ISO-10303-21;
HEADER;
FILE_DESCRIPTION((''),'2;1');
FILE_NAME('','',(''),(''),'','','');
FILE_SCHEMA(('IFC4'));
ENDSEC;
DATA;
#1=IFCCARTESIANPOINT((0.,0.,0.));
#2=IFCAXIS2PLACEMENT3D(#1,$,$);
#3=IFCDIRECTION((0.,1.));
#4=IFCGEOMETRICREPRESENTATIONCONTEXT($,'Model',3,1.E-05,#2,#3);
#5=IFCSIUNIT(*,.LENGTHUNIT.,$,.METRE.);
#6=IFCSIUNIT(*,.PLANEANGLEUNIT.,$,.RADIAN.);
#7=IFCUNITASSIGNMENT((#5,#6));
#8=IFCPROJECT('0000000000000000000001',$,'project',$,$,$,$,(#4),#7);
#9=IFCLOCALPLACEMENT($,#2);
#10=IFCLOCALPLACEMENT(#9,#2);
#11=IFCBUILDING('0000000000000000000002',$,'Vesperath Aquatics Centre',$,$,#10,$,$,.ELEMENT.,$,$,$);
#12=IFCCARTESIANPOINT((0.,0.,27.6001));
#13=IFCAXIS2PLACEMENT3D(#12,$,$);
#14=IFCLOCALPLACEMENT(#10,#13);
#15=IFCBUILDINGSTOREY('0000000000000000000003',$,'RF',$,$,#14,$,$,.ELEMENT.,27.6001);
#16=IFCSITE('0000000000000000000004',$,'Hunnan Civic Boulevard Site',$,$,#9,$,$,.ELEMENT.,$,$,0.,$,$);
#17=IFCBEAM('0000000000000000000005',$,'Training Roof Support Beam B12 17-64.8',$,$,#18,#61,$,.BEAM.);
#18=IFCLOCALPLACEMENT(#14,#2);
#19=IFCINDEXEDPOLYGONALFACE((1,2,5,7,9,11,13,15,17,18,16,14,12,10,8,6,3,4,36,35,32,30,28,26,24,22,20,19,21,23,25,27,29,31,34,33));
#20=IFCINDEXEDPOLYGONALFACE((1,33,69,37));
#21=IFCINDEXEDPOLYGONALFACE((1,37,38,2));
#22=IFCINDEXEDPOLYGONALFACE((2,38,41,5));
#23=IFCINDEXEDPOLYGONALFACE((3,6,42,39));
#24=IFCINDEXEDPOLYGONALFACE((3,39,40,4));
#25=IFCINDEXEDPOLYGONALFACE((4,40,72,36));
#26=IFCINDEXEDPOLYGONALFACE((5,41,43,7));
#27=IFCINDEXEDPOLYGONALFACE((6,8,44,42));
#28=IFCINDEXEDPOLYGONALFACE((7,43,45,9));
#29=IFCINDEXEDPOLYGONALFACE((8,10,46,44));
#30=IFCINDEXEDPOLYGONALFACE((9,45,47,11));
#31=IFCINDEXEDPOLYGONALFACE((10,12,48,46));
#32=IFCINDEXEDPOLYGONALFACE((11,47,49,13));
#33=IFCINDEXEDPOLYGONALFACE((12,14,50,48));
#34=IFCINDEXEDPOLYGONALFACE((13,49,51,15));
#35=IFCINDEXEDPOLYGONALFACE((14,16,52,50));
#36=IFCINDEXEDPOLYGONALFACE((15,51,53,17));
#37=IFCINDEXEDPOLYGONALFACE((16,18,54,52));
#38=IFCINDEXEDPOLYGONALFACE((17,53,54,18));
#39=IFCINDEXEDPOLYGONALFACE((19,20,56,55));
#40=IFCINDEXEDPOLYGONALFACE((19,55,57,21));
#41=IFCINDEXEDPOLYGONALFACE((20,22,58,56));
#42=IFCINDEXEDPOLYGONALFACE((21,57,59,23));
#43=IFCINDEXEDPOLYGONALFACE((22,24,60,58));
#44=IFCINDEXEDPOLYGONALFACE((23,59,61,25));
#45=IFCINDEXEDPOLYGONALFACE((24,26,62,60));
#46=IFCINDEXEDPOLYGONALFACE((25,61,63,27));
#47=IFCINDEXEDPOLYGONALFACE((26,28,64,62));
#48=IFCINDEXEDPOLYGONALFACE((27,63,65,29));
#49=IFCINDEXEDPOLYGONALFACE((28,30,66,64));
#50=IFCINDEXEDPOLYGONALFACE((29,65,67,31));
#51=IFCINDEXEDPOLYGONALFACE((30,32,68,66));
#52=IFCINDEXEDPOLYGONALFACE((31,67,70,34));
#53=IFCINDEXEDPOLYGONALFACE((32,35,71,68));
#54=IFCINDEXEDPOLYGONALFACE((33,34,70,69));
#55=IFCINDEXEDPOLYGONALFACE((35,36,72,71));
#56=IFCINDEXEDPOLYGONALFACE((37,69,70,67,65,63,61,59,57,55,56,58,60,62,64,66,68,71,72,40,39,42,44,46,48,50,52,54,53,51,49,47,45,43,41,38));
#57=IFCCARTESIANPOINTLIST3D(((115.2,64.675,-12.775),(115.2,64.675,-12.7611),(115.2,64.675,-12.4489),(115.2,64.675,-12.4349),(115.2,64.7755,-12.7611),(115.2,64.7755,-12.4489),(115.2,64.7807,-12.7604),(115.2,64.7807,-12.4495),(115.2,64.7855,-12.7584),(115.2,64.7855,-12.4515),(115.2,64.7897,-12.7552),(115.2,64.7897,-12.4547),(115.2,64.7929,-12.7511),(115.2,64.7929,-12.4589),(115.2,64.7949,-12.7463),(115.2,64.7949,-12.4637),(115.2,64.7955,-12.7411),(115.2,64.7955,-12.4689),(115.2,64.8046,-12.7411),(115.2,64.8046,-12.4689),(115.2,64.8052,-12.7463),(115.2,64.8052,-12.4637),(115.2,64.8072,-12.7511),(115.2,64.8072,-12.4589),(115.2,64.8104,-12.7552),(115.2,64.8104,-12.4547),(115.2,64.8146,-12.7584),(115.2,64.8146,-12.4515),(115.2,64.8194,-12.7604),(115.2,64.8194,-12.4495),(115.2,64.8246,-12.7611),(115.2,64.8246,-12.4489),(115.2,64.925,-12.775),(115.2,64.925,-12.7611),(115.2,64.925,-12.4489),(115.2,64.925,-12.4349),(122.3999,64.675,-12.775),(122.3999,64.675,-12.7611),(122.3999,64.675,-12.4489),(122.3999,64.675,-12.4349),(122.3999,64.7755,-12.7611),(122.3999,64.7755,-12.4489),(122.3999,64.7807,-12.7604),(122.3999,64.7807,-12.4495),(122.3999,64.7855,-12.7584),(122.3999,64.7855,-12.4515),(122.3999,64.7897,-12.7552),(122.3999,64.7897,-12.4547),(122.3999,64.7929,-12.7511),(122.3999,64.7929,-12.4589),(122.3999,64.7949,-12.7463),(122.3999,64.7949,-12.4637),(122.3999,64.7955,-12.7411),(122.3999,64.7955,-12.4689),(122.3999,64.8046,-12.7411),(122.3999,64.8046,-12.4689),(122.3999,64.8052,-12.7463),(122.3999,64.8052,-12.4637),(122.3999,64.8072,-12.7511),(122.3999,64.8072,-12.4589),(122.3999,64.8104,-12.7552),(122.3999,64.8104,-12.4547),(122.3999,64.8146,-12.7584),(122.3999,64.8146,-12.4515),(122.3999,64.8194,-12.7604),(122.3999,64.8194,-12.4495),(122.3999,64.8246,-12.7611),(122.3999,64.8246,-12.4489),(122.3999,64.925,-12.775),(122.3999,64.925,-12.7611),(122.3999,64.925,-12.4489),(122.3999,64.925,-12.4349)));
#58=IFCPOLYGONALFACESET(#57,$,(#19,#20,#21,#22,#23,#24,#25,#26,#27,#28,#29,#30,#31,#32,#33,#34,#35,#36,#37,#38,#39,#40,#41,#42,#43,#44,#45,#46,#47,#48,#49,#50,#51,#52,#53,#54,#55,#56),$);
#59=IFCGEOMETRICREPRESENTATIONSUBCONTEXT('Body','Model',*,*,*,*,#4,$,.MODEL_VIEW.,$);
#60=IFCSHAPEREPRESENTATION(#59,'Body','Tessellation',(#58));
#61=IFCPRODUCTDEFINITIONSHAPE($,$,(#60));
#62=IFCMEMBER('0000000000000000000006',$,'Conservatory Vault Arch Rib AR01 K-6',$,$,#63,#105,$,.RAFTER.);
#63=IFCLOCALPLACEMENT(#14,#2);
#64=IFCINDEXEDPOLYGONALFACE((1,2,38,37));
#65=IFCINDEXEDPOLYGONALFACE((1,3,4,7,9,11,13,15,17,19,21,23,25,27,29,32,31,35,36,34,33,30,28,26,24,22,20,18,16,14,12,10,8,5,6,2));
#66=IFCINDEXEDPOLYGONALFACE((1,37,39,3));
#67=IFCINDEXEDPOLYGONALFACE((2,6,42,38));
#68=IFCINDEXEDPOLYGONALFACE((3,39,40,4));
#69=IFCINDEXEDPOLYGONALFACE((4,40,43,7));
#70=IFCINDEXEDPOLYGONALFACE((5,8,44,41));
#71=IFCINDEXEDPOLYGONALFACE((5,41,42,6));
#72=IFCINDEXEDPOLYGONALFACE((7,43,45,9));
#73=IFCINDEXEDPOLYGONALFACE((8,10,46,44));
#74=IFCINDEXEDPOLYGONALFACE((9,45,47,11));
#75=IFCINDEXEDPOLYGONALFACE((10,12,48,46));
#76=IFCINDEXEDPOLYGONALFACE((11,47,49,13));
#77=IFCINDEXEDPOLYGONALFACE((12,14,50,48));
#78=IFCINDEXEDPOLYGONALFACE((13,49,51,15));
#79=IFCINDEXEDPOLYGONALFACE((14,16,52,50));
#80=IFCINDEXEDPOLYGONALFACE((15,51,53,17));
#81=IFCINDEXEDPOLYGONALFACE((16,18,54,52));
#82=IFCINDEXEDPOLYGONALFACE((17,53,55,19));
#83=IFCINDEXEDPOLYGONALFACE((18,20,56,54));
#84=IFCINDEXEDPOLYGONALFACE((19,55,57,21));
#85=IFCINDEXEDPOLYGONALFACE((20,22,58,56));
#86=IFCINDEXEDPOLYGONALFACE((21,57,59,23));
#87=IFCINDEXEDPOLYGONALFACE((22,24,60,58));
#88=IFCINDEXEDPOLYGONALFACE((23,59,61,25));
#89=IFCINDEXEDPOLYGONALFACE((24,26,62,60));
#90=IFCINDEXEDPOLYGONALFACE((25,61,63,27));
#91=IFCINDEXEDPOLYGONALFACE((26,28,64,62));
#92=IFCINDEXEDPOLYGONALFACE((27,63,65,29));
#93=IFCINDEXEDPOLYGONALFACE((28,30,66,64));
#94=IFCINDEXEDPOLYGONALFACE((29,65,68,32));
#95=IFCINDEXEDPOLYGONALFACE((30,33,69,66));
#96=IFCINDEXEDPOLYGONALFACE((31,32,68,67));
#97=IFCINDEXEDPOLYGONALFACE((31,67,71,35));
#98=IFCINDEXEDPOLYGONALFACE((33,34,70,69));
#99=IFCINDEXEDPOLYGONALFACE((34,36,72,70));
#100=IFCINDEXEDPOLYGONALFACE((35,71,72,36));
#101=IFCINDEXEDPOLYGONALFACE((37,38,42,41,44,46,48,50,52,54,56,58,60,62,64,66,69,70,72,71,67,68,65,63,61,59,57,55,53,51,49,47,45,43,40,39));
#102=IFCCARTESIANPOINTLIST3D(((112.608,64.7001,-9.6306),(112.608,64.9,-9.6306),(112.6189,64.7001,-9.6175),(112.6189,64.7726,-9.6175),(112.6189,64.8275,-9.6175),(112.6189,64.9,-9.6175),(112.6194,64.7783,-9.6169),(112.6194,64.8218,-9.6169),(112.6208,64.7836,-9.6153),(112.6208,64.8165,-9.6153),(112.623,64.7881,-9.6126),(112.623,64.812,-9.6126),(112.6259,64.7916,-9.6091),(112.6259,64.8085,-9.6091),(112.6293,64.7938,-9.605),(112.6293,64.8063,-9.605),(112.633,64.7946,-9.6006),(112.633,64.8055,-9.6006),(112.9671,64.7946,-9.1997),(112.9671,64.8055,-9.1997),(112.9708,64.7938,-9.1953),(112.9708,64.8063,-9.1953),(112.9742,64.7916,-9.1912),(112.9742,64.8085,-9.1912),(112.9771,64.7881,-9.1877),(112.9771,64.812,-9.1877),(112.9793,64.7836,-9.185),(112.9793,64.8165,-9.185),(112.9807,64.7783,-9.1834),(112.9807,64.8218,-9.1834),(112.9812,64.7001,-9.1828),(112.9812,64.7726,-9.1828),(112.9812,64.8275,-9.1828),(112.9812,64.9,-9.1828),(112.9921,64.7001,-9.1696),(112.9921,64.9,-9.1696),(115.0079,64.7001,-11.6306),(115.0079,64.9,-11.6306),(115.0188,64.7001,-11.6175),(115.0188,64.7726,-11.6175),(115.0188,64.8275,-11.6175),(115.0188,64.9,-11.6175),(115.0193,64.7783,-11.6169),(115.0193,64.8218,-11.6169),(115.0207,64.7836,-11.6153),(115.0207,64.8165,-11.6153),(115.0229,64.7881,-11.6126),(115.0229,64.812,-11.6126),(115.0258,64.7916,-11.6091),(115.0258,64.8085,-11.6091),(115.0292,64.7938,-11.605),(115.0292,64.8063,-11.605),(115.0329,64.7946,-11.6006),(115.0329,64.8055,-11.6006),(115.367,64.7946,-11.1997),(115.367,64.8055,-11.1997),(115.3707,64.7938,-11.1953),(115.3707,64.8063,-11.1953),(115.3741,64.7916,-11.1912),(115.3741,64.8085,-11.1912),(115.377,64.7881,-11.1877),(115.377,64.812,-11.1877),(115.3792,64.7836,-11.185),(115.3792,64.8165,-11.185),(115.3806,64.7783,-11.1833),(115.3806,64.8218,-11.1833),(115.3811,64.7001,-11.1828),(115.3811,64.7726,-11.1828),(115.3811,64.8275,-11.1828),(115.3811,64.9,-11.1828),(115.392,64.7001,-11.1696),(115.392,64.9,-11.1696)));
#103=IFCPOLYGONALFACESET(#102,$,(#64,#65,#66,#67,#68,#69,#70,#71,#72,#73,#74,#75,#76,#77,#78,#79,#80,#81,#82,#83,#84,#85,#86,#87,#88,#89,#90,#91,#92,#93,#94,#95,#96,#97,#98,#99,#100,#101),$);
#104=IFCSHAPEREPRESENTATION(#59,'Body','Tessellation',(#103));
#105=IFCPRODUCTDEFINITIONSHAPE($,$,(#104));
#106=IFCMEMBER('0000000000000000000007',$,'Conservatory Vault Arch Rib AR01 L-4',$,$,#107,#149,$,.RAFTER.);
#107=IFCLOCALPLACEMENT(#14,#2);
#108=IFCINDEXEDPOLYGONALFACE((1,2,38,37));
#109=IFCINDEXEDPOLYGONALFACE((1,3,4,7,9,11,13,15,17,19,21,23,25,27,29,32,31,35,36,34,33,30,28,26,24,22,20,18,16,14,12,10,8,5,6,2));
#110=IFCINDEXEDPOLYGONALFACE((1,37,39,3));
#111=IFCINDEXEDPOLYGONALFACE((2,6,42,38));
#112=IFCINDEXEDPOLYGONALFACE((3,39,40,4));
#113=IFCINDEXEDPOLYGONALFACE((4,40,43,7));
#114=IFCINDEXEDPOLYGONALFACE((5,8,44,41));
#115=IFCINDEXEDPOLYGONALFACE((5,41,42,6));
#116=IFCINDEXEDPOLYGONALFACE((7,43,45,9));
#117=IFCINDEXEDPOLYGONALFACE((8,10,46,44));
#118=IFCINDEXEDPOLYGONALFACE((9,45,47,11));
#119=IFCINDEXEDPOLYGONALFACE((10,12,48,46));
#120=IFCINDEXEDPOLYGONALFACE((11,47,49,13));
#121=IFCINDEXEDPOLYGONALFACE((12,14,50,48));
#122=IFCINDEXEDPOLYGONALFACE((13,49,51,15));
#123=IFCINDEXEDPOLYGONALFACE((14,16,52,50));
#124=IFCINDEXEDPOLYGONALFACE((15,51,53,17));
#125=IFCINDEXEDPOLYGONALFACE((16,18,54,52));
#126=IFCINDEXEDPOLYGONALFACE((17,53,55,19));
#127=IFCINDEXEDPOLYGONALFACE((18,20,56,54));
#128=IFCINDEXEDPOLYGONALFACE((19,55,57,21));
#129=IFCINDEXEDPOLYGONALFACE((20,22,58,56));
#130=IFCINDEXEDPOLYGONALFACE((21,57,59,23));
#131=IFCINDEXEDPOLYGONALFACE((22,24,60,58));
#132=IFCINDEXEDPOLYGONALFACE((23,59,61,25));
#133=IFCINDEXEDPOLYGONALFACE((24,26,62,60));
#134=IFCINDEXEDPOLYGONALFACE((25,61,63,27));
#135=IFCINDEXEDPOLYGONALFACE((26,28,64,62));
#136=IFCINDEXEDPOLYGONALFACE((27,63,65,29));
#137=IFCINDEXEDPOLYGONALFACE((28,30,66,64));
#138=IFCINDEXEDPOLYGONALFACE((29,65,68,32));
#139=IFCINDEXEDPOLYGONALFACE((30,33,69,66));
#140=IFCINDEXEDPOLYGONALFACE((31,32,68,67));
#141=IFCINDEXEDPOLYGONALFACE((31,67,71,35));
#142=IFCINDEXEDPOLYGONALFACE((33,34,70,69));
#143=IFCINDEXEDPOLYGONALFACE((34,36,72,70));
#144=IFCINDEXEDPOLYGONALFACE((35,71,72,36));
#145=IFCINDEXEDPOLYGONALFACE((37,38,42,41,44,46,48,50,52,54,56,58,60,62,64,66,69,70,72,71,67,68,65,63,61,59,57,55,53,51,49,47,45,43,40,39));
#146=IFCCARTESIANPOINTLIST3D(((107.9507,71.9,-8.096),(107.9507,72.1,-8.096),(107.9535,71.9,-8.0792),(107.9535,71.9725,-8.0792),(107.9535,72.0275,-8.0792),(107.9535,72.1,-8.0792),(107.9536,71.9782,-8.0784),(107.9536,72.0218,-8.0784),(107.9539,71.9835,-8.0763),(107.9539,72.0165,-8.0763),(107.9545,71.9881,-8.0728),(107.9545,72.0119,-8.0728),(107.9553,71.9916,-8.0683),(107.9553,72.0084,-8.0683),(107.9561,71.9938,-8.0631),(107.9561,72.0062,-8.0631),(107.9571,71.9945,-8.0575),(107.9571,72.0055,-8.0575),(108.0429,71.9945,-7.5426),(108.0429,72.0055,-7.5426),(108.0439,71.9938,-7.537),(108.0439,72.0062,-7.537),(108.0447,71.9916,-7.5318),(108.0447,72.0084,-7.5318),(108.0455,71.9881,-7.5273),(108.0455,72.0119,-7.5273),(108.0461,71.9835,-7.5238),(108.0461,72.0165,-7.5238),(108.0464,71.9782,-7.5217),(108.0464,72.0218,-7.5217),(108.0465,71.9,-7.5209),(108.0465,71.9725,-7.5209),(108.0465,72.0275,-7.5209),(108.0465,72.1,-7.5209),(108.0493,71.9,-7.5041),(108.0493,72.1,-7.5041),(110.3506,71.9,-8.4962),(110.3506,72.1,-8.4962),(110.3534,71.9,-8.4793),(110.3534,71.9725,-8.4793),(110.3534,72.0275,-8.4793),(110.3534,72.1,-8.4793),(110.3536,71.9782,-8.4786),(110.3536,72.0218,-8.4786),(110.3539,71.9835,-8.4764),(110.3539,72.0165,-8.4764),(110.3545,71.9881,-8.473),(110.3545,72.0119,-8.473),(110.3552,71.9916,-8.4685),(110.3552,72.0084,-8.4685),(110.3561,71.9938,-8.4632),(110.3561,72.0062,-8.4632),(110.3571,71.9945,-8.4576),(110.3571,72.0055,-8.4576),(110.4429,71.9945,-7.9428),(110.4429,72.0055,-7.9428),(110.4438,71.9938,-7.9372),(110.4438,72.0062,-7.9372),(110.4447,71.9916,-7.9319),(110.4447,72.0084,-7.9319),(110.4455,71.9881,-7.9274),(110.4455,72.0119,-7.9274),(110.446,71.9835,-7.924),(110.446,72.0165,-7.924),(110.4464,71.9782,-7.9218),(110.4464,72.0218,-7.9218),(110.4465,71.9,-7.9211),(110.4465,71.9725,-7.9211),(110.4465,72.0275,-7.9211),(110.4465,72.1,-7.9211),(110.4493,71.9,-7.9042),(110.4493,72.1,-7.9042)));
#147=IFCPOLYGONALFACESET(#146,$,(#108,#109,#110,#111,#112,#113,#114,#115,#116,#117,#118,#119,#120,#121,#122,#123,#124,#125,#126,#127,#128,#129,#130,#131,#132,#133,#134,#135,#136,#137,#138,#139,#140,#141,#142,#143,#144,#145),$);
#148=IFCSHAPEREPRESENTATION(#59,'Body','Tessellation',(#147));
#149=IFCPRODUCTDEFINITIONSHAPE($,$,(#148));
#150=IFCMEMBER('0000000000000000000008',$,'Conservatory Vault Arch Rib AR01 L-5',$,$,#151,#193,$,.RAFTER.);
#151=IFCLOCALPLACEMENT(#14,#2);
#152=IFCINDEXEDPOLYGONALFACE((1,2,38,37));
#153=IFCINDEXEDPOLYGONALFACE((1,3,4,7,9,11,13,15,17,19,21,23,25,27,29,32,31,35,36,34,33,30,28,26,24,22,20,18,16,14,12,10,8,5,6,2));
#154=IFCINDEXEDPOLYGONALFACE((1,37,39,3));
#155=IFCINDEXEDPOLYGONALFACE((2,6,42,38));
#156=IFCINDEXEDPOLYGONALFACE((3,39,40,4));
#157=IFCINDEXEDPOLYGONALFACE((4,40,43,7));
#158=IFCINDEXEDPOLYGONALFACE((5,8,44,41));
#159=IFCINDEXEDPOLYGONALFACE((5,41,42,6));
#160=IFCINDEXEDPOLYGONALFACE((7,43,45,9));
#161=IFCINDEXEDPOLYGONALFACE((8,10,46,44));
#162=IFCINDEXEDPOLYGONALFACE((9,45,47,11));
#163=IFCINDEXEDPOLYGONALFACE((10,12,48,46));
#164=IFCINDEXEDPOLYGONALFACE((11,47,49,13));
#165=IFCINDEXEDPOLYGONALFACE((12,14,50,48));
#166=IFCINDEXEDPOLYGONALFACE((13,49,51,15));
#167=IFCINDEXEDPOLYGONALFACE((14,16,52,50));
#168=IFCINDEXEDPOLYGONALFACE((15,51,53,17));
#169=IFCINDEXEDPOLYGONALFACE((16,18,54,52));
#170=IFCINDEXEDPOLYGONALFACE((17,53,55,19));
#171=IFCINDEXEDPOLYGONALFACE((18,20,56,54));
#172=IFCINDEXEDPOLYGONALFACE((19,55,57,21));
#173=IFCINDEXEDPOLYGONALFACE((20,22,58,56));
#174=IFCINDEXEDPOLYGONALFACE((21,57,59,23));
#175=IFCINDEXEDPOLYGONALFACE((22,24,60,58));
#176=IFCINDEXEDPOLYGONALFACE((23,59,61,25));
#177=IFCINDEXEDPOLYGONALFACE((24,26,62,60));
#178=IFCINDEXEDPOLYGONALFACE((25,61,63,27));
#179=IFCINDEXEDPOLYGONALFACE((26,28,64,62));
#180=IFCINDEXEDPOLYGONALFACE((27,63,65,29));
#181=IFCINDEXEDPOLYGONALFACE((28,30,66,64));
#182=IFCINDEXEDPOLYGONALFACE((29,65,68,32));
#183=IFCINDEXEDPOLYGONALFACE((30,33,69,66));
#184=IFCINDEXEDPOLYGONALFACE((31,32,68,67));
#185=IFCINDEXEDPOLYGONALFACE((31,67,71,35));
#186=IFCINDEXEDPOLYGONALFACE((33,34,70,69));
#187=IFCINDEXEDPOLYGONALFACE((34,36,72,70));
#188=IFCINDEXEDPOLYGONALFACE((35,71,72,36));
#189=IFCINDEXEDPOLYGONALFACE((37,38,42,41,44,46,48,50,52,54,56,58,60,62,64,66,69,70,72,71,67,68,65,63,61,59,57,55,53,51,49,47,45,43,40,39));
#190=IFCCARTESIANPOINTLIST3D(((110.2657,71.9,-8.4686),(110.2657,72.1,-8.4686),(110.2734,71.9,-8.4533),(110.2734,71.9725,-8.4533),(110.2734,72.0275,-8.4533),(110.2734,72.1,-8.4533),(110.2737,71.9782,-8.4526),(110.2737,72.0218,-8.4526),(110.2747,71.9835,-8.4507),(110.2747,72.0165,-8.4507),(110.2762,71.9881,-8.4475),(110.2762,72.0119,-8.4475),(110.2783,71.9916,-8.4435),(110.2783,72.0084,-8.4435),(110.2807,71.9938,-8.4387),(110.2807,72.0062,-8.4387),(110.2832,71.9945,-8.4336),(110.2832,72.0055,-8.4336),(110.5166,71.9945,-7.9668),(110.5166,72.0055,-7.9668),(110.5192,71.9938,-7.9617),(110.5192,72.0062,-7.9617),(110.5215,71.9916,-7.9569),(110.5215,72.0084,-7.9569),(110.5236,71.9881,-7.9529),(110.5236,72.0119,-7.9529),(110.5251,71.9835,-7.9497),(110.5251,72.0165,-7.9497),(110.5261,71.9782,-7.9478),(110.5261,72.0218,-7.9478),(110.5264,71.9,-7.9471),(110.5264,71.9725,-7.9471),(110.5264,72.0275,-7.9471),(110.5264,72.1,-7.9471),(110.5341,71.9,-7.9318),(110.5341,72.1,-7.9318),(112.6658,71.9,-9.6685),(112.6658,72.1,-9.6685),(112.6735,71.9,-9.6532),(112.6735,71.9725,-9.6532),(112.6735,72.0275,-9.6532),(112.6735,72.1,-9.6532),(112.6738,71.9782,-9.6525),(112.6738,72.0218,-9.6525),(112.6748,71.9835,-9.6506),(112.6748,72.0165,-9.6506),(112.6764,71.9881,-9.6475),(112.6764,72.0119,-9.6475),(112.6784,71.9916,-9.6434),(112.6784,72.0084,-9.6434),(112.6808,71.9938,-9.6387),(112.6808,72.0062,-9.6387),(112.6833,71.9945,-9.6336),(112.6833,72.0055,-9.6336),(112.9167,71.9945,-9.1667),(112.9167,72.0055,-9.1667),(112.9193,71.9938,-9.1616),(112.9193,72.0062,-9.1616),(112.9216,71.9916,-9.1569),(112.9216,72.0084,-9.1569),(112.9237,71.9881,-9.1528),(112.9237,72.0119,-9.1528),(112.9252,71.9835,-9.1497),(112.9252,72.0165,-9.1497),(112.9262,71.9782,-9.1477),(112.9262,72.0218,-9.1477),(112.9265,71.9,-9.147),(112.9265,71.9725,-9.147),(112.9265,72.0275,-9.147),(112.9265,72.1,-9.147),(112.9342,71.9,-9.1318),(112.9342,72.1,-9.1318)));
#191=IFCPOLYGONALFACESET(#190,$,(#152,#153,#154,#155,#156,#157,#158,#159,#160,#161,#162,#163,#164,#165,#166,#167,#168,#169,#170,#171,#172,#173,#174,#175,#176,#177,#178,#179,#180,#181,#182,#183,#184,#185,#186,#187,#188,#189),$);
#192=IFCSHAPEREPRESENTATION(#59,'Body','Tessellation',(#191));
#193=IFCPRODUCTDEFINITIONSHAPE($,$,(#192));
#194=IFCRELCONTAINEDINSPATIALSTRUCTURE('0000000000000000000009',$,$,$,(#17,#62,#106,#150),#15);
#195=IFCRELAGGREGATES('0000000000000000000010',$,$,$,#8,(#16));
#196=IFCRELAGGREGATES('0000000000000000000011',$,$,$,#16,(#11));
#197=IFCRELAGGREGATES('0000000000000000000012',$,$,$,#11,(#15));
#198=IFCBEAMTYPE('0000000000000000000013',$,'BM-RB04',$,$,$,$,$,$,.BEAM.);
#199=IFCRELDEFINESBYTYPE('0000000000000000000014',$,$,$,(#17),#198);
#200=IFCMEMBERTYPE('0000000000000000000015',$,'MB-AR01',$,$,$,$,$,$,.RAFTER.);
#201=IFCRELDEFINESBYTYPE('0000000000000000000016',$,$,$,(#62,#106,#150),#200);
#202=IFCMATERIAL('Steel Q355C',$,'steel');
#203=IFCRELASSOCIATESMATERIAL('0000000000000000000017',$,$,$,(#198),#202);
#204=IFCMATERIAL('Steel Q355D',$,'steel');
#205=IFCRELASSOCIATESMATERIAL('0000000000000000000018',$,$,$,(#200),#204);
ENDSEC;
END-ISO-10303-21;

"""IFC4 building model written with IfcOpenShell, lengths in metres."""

from ifc_helpers import new_model, si_unit, direction, frame, origin, origin_2d, place, context, subcontext, project, spatial, i_section, extrude, material, material_profile, profile_set, type_object, element, save


model = new_model("IFC4")

# Units and contexts
model_context = context("Model", 3, precision=1e-05, world=origin(), true_north=direction((0.0, 1.0)))
body_context = subcontext(model_context, "Body", "Model", "MODEL_VIEW")
ifc_project = project(units=[si_unit("LENGTHUNIT", "METRE"), si_unit("PLANEANGLEUNIT", "RADIAN")], contexts=[model_context])

# Site, building, storey
site_placement = place(None, origin())
site = spatial("IfcSite", under=ifc_project, at=site_placement, Name="Hunnan Civic Boulevard Site", CompositionType="ELEMENT", RefElevation=0.0)
building_placement = place(site_placement, origin())
building = spatial("IfcBuilding", under=site, at=building_placement, Name="Vesperath Aquatics Centre", CompositionType="ELEMENT")
storey_placement = place(building_placement, frame((0.0, 0.0, 27.6001)))
storey = spatial("IfcBuildingStorey", under=building, at=storey_placement, Name="RF", CompositionType="ELEMENT", Elevation=27.6001)

# Beam
ifc_material_1 = material(Name="Steel Q355C", Category="steel")
ifc_material_profile_1 = material_profile(ifc_material_1, i_section(OverallWidth=0.25, OverallDepth=0.3401, WebThickness=0.009, FlangeThickness=0.0139, FilletRadius=0.02, at=origin_2d()), Name="HM 340x250x9x14")
ifc_profile_set_1 = profile_set([ifc_material_profile_1], Name="Steel Q355C")
beam_type = type_object("IfcBeamType", Name="BM-RB04", PredefinedType="BEAM", material=ifc_profile_set_1)
beam_placement = place(storey_placement, frame((115.2, 64.8, -12.605), z_axis=(1.0, 0.0, 0.0), x_axis=(0.0, 1.0, 0.0)))
element("IfcBeam", 1, at=beam_placement, inside=storey, type_object=beam_type, Name="Training Roof Support Beam B12 17-64.8", PredefinedType="BEAM", context=body_context, shape_type="SweptSolid", body=[
    extrude(i_section(OverallWidth=0.25, OverallDepth=0.3401, WebThickness=0.009, FlangeThickness=0.0139, FilletRadius=0.02, at=origin_2d()), origin(), (0.0, 0.0, 1.0), 7.2),
])

# Members
ifc_material_2 = material(Name="Steel Q355D", Category="steel")
ifc_material_profile_2 = material_profile(ifc_material_2, i_section(OverallWidth=0.2, OverallDepth=0.6001, WebThickness=0.011, FlangeThickness=0.0171, FilletRadius=0.022, at=origin_2d()), Name="HN 600x200x11x17")
ifc_profile_set_2 = profile_set([ifc_material_profile_2], Name="Steel Q355D")
member_type_1 = type_object("IfcMemberType", Name="MB-AR01", PredefinedType="RAFTER", material=ifc_profile_set_2)
member_1_placement = place(storey_placement, frame((112.8, 64.8, -9.4001), z_axis=(0.768208, 0.0, -0.6402), x_axis=(0.0, 1.0, 0.0)))
element("IfcMember", 2, at=member_1_placement, inside=storey, type_object=member_type_1, Name="Conservatory Vault Arch Rib AR01 K-6", PredefinedType="RAFTER", context=body_context, shape_type="SweptSolid", body=[
    extrude(i_section(OverallWidth=0.2, OverallDepth=0.6001, WebThickness=0.011, FlangeThickness=0.0171, FilletRadius=0.022, at=origin_2d()), origin(), (0.0, 0.0, 1.0), 3.124),
])
member_2_placement = place(storey_placement, frame((108.0, 72.0, -7.8), z_axis=(0.986383, 0.0, -0.164464), x_axis=(0.0, 1.0, 0.0)))
element("IfcMember", 3, at=member_2_placement, inside=storey, type_object=member_type_1, Name="Conservatory Vault Arch Rib AR01 L-4", PredefinedType="RAFTER", context=body_context, shape_type="SweptSolid", body=[
    extrude(i_section(OverallWidth=0.2, OverallDepth=0.6001, WebThickness=0.011, FlangeThickness=0.0171, FilletRadius=0.022, at=origin_2d()), origin(), (0.0, 0.0, 1.0), 2.4331),
])
member_3_placement = place(storey_placement, frame((110.3999, 72.0, -8.2002), z_axis=(0.894445, 0.0, -0.447177), x_axis=(0.0, 1.0, 0.0)))
element("IfcMember", 4, at=member_3_placement, inside=storey, type_object=member_type_1, Name="Conservatory Vault Arch Rib AR01 L-5", PredefinedType="RAFTER", context=body_context, shape_type="SweptSolid", body=[
    extrude(i_section(OverallWidth=0.2, OverallDepth=0.6001, WebThickness=0.011, FlangeThickness=0.0171, FilletRadius=0.022, at=origin_2d()), origin(), (0.0, 0.0, 1.0), 2.6833),
])

save(model, "model.ifc")
